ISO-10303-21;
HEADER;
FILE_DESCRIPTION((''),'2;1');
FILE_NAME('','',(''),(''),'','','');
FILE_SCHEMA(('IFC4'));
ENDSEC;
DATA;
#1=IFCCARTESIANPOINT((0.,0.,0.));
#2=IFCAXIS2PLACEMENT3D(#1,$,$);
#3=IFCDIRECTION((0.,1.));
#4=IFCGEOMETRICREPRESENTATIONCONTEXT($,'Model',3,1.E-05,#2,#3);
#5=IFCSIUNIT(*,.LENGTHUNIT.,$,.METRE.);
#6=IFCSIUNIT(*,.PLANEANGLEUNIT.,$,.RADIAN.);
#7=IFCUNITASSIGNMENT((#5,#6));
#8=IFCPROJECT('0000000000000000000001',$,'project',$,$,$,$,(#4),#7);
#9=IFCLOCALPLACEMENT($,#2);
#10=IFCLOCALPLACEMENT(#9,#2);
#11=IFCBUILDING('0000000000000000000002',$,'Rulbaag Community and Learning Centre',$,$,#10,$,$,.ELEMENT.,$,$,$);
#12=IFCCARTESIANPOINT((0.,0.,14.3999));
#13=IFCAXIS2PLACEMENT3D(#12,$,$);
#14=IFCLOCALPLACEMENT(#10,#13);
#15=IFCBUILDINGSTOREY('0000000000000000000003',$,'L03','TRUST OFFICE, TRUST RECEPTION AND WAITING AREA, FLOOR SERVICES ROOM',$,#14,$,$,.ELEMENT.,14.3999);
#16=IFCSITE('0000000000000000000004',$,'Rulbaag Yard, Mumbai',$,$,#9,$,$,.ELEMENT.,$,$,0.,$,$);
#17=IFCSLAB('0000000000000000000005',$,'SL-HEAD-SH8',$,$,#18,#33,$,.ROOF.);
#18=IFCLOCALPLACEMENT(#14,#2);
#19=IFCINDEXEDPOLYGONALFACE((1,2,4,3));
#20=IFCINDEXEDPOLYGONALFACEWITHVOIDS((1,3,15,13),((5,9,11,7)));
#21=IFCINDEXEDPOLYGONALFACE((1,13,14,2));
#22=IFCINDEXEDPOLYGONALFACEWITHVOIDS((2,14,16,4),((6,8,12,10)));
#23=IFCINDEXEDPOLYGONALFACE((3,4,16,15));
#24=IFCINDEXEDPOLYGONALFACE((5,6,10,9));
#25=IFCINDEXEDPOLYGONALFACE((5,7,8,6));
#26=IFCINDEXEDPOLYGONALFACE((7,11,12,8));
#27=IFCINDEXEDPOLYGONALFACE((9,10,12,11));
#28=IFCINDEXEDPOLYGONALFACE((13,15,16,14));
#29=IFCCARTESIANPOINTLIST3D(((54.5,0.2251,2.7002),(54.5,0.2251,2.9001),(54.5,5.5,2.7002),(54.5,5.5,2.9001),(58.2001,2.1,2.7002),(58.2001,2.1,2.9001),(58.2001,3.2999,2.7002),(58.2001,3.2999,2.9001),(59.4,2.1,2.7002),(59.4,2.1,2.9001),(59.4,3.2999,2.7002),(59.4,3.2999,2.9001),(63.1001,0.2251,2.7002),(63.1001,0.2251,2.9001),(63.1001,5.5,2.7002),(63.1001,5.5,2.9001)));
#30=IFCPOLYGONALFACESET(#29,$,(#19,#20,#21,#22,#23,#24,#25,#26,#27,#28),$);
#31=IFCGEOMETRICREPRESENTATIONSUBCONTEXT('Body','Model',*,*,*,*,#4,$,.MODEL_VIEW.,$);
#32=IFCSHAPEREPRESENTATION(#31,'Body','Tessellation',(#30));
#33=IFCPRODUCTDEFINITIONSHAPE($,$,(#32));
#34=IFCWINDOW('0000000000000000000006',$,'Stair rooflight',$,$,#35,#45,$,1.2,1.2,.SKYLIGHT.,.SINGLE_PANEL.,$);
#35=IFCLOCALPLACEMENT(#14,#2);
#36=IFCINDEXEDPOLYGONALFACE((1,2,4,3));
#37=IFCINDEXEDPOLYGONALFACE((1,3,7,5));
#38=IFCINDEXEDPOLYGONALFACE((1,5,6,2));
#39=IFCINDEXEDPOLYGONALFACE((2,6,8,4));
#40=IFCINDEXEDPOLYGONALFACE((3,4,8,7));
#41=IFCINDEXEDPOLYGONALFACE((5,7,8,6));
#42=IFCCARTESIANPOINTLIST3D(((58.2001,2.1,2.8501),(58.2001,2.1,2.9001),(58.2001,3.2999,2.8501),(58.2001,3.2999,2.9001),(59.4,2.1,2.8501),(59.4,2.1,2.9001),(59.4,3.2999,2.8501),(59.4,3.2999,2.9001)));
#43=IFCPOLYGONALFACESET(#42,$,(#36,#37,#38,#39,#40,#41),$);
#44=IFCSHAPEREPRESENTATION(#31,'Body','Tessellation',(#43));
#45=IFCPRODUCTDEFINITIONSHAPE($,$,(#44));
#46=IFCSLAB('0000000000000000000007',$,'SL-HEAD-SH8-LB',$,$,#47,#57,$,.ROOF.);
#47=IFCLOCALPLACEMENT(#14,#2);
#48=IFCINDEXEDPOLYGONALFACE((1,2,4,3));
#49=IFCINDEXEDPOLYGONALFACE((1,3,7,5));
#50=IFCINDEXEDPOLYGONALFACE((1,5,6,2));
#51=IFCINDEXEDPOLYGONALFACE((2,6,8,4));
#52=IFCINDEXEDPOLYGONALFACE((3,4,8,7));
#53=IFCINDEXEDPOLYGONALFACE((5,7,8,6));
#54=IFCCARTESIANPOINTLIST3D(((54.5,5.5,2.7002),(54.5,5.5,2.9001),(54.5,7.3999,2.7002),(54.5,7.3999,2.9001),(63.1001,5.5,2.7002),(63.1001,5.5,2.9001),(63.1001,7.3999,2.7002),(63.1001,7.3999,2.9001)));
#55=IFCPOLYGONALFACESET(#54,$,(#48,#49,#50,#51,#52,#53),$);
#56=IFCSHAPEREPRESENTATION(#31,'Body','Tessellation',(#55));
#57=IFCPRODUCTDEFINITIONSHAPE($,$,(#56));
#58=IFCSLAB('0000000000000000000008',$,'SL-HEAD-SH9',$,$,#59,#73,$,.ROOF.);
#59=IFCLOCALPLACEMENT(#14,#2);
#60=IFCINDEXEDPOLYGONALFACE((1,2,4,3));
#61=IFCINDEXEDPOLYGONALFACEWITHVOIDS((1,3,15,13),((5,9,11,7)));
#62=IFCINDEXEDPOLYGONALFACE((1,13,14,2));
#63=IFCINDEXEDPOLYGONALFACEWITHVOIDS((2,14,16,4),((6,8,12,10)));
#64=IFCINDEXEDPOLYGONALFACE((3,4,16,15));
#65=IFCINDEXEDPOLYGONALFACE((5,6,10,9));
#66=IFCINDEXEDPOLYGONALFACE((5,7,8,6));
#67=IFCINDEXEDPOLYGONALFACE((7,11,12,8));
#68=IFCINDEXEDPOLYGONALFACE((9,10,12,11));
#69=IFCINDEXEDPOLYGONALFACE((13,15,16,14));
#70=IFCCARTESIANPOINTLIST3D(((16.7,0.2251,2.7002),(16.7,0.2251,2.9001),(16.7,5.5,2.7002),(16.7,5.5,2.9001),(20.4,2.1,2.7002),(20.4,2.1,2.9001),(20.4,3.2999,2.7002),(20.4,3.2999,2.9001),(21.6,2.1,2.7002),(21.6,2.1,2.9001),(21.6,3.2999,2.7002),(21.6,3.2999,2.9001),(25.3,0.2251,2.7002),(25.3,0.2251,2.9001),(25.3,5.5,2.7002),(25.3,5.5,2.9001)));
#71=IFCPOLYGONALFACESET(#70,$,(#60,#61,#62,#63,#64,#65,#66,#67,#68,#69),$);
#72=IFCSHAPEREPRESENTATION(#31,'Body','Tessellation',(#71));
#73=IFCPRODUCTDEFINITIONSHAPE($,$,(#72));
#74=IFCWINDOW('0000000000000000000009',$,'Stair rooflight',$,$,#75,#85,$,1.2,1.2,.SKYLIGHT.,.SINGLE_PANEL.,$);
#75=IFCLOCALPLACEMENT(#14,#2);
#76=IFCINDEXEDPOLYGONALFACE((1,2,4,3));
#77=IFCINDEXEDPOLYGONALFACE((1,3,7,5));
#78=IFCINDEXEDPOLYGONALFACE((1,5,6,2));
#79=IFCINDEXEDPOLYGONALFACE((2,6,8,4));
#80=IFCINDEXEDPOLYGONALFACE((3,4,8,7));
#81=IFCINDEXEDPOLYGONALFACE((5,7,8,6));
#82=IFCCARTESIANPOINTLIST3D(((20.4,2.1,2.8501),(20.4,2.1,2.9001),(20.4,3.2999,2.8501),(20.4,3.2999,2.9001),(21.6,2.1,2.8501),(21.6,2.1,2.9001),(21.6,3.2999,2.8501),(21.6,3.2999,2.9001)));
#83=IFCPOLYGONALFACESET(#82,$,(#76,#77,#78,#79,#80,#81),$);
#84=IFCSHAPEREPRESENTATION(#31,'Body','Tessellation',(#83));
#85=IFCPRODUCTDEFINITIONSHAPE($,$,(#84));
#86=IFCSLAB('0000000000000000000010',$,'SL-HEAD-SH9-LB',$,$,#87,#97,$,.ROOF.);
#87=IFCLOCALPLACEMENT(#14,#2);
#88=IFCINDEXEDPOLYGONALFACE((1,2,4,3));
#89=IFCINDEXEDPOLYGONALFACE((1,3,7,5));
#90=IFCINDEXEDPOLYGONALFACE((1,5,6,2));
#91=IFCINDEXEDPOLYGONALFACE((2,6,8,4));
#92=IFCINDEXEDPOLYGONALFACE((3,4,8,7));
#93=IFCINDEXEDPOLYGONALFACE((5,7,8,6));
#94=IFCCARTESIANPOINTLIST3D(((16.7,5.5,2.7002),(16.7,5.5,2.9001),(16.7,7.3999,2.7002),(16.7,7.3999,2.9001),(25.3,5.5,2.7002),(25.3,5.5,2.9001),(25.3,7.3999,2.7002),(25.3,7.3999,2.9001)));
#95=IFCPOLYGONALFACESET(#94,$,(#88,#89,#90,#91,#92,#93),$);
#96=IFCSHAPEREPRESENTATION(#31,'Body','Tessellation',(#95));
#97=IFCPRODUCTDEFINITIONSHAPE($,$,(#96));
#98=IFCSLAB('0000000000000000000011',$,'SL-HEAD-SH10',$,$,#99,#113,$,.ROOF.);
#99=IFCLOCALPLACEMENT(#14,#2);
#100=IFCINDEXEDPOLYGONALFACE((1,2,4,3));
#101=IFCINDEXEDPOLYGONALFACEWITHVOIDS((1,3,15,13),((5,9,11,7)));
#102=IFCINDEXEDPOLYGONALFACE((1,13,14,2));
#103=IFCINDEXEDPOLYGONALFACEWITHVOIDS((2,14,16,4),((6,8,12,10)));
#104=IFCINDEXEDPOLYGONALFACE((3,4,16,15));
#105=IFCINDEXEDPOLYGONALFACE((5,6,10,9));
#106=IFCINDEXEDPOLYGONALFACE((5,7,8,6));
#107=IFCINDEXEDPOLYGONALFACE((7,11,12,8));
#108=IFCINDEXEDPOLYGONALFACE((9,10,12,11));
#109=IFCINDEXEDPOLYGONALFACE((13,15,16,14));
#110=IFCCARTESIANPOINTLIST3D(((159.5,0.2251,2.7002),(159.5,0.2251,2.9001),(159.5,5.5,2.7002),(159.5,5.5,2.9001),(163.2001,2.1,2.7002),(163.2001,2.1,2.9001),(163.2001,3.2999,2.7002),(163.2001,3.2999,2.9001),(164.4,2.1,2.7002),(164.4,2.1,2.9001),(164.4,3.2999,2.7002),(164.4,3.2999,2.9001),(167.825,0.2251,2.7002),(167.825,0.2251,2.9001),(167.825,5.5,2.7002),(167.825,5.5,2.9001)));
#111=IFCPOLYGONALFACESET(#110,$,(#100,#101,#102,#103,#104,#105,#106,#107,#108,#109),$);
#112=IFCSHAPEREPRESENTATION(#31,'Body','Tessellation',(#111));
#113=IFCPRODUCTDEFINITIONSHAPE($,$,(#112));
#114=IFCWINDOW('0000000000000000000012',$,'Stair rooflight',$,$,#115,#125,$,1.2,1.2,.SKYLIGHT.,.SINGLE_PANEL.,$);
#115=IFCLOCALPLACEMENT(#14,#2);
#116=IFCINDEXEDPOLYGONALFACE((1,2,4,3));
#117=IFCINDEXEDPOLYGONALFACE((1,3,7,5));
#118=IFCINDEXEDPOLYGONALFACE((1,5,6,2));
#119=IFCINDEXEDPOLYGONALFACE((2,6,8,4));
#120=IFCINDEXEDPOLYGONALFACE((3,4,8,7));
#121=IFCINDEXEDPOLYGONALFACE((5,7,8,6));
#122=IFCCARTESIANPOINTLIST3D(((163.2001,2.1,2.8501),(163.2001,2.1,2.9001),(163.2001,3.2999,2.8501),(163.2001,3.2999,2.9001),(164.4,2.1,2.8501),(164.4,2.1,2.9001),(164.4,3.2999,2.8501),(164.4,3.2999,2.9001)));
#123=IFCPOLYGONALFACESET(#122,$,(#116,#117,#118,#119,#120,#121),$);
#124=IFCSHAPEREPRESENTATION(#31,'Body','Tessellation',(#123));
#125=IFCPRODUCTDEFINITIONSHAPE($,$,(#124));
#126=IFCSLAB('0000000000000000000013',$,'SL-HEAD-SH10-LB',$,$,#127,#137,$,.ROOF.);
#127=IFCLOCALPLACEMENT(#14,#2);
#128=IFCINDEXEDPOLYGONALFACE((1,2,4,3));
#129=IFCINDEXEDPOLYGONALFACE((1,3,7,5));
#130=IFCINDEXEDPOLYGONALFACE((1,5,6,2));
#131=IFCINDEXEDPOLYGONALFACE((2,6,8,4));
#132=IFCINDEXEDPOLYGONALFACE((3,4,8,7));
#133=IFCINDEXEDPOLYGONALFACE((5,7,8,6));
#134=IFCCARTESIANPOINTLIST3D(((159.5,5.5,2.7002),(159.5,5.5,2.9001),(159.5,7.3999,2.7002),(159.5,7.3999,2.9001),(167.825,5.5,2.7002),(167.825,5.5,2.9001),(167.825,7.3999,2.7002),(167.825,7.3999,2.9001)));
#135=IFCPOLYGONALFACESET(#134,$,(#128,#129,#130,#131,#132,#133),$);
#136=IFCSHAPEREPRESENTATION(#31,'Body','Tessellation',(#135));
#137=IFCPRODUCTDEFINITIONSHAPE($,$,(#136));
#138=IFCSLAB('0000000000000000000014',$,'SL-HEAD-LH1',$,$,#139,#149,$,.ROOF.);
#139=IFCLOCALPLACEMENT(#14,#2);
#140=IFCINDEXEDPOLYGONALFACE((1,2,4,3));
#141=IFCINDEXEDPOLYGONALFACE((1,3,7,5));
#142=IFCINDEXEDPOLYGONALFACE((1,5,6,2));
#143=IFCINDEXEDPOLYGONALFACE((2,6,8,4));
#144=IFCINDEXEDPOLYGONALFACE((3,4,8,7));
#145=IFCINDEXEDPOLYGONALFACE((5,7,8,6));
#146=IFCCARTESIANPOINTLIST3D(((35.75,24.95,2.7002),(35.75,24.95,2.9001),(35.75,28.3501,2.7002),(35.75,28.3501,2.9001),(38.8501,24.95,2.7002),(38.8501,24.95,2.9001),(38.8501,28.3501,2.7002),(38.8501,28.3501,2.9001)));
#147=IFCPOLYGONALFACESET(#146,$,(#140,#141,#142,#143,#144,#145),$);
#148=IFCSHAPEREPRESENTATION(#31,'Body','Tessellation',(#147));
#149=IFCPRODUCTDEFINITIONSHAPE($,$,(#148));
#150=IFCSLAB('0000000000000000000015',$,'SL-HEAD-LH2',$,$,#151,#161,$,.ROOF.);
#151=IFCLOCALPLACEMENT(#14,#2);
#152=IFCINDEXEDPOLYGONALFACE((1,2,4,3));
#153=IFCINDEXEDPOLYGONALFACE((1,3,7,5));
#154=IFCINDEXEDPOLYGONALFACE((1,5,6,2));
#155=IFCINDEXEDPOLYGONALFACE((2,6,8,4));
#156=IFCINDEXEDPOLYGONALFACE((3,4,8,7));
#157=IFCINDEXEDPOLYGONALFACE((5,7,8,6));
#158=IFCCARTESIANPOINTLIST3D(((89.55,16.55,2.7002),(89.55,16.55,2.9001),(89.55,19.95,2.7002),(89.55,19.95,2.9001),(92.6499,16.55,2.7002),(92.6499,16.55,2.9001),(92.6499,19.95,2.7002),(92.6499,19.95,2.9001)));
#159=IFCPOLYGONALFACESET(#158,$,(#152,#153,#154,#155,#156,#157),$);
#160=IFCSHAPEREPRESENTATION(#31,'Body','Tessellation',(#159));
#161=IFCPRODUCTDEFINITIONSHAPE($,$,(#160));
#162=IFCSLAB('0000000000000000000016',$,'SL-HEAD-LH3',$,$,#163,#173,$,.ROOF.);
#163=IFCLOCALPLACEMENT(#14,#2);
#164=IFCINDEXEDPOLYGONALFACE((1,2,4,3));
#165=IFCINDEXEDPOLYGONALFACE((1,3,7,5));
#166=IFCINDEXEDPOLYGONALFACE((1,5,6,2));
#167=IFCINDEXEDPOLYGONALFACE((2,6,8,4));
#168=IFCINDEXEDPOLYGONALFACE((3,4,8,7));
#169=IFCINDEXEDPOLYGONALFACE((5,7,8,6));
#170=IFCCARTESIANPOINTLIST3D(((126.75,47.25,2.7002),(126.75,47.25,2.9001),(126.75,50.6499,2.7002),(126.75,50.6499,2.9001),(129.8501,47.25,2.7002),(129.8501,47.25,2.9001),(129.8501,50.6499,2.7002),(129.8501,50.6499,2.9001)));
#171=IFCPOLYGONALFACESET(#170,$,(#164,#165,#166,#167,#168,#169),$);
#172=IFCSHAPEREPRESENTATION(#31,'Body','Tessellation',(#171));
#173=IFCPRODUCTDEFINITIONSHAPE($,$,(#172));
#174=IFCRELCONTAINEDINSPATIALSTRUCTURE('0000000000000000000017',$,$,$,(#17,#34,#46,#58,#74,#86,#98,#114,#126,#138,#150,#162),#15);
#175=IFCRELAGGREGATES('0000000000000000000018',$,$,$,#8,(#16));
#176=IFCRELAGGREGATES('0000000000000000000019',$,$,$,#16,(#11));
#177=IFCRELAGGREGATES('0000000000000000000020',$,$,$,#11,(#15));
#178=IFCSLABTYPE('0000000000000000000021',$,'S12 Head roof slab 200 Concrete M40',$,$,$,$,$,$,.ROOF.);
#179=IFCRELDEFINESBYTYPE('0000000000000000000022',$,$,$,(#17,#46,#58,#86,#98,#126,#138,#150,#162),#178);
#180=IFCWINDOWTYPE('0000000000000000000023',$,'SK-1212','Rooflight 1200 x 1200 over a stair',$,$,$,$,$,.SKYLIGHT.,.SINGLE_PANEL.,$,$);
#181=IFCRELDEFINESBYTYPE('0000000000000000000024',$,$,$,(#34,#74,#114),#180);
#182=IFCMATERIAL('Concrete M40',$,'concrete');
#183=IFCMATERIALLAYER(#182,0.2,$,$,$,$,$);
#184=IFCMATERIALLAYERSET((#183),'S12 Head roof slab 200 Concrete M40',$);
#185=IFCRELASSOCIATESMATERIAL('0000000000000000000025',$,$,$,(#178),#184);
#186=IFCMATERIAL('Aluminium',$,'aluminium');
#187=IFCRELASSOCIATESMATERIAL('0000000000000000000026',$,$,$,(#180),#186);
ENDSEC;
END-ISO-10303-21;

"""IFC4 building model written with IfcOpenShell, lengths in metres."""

from ifc_helpers import new_model, si_unit, direction, frame, origin, origin_2d, place, context, subcontext, project, spatial, polyline, rectangle, outline, extrude, material, layer, layer_set, type_object, element, fill, save


model = new_model("IFC4")

# Units and contexts
model_context = context("Model", 3, precision=1e-05, world=origin(), true_north=direction((0.0, 1.0)))
body_context = subcontext(model_context, "Body", "Model", "MODEL_VIEW")
ifc_project = project(units=[si_unit("LENGTHUNIT", "METRE"), si_unit("PLANEANGLEUNIT", "RADIAN")], contexts=[model_context])

# Site, building, storey
site_placement = place(None, origin())
site = spatial("IfcSite", under=ifc_project, at=site_placement, Name="Rulbaag Yard, Mumbai", CompositionType="ELEMENT", RefElevation=0.0)
building_placement = place(site_placement, origin())
building = spatial("IfcBuilding", under=site, at=building_placement, Name="Rulbaag Community and Learning Centre", CompositionType="ELEMENT")
storey_placement = place(building_placement, frame((0.0, 0.0, 14.3999)))
storey = spatial("IfcBuildingStorey", under=building, at=storey_placement, Name="L03", Description="TRUST OFFICE, TRUST RECEPTION AND WAITING AREA, FLOOR SERVICES ROOM", CompositionType="ELEMENT", Elevation=14.3999)

# Shared definitions
ifc_material_1 = material(Name="Concrete M40", Category="concrete")
ifc_layer = layer(ifc_material_1, 0.2)
ifc_layer_set = layer_set([ifc_layer], Name="S12 Head roof slab 200 Concrete M40")
slab_type = type_object("IfcSlabType", Name="S12 Head roof slab 200 Concrete M40", PredefinedType="ROOF", material=ifc_layer_set)
ifc_material_2 = material(Name="Aluminium", Category="aluminium")
window_type = type_object("IfcWindowType", Name="SK-1212", Description="Rooflight 1200 x 1200 over a stair", PartitioningType="SINGLE_PANEL", PredefinedType="SKYLIGHT", material=ifc_material_2)

# Slab, opening, window
slab_1_placement = place(storey_placement, frame((0.0, 0.0, 2.7002)))
slab_1 = element("IfcSlab", 1, at=slab_1_placement, inside=storey, type_object=slab_type, Name="SL-HEAD-SH8", PredefinedType="ROOF", context=body_context, shape_type="SweptSolid", body=[
    extrude(outline(polyline([(63.1001, 0.2251), (63.1001, 5.5), (54.5, 5.5), (54.5, 0.2251), (63.1001, 0.2251)])), origin(), (0.0, 0.0, 1.0), 0.2),
])
opening_1_placement = place(slab_1_placement, frame((58.8, 2.7, 0.0)))
opening_1 = element("IfcOpeningElement", 2, at=opening_1_placement, cuts=slab_1, PredefinedType="OPENING", context=body_context, shape_type="SweptSolid", body=[
    extrude(rectangle(XDim=1.2, YDim=1.2, at=origin_2d()), origin(), (0.0, 0.0, 1.0), 0.2),
])
window_1_placement = place(opening_1_placement, frame((0.0, 0.0, 0.1499)))
window_1 = element("IfcWindow", 3, at=window_1_placement, inside=storey, type_object=window_type, Name="Stair rooflight", OverallHeight=1.2, OverallWidth=1.2, PartitioningType="SINGLE_PANEL", PredefinedType="SKYLIGHT", context=body_context, shape_type="SweptSolid", body=[
    extrude(rectangle(XDim=1.2, YDim=1.2, at=origin_2d()), origin(), (0.0, 0.0, 1.0), 0.05),
])
fill(opening_1, window_1)

# Slab
slab_2_placement = place(storey_placement, frame((0.0, 0.0, 2.7002)))
element("IfcSlab", 4, at=slab_2_placement, inside=storey, type_object=slab_type, Name="SL-HEAD-SH8-LB", PredefinedType="ROOF", context=body_context, shape_type="SweptSolid", body=[
    extrude(outline(polyline([(63.1001, 7.3999), (63.1001, 5.5), (54.5, 5.5), (54.5, 7.3999), (63.1001, 7.3999)])), origin(), (0.0, 0.0, 1.0), 0.2),
])

# Slab, opening, window
slab_3_placement = place(storey_placement, frame((0.0, 0.0, 2.7002)))
slab_3 = element("IfcSlab", 5, at=slab_3_placement, inside=storey, type_object=slab_type, Name="SL-HEAD-SH9", PredefinedType="ROOF", context=body_context, shape_type="SweptSolid", body=[
    extrude(outline(polyline([(25.3, 0.2251), (25.3, 5.5), (16.7, 5.5), (16.7, 0.2251), (25.3, 0.2251)])), origin(), (0.0, 0.0, 1.0), 0.2),
])
opening_2_placement = place(slab_3_placement, frame((21.0, 2.7, 0.0)))
opening_2 = element("IfcOpeningElement", 6, at=opening_2_placement, cuts=slab_3, PredefinedType="OPENING", context=body_context, shape_type="SweptSolid", body=[
    extrude(rectangle(XDim=1.2, YDim=1.2, at=origin_2d()), origin(), (0.0, 0.0, 1.0), 0.2),
])
window_2_placement = place(opening_2_placement, frame((0.0, 0.0, 0.1499)))
window_2 = element("IfcWindow", 7, at=window_2_placement, inside=storey, type_object=window_type, Name="Stair rooflight", OverallHeight=1.2, OverallWidth=1.2, PartitioningType="SINGLE_PANEL", PredefinedType="SKYLIGHT", context=body_context, shape_type="SweptSolid", body=[
    extrude(rectangle(XDim=1.2, YDim=1.2, at=origin_2d()), origin(), (0.0, 0.0, 1.0), 0.05),
])
fill(opening_2, window_2)

# Slab
slab_4_placement = place(storey_placement, frame((0.0, 0.0, 2.7002)))
element("IfcSlab", 8, at=slab_4_placement, inside=storey, type_object=slab_type, Name="SL-HEAD-SH9-LB", PredefinedType="ROOF", context=body_context, shape_type="SweptSolid", body=[
    extrude(outline(polyline([(25.3, 7.3999), (25.3, 5.5), (16.7, 5.5), (16.7, 7.3999), (25.3, 7.3999)])), origin(), (0.0, 0.0, 1.0), 0.2),
])

# Slab, opening, window
slab_5_placement = place(storey_placement, frame((0.0, 0.0, 2.7002)))
slab_5 = element("IfcSlab", 9, at=slab_5_placement, inside=storey, type_object=slab_type, Name="SL-HEAD-SH10", PredefinedType="ROOF", context=body_context, shape_type="SweptSolid", body=[
    extrude(outline(polyline([(167.825, 0.2251), (167.825, 5.5), (159.5, 5.5), (159.5, 0.2251), (167.825, 0.2251)])), origin(), (0.0, 0.0, 1.0), 0.2),
])
opening_3_placement = place(slab_5_placement, frame((163.8, 2.7, 0.0)))
opening_3 = element("IfcOpeningElement", 10, at=opening_3_placement, cuts=slab_5, PredefinedType="OPENING", context=body_context, shape_type="SweptSolid", body=[
    extrude(rectangle(XDim=1.2, YDim=1.2, at=origin_2d()), origin(), (0.0, 0.0, 1.0), 0.2),
])
window_3_placement = place(opening_3_placement, frame((0.0, 0.0, 0.1499)))
window_3 = element("IfcWindow", 11, at=window_3_placement, inside=storey, type_object=window_type, Name="Stair rooflight", OverallHeight=1.2, OverallWidth=1.2, PartitioningType="SINGLE_PANEL", PredefinedType="SKYLIGHT", context=body_context, shape_type="SweptSolid", body=[
    extrude(rectangle(XDim=1.2, YDim=1.2, at=origin_2d()), origin(), (0.0, 0.0, 1.0), 0.05),
])
fill(opening_3, window_3)

# Slabs
slab_6_placement = place(storey_placement, frame((0.0, 0.0, 2.7002)))
element("IfcSlab", 12, at=slab_6_placement, inside=storey, type_object=slab_type, Name="SL-HEAD-SH10-LB", PredefinedType="ROOF", context=body_context, shape_type="SweptSolid", body=[
    extrude(outline(polyline([(167.825, 7.3999), (167.825, 5.5), (159.5, 5.5), (159.5, 7.3999), (167.825, 7.3999)])), origin(), (0.0, 0.0, 1.0), 0.2),
])
slab_7_placement = place(storey_placement, frame((0.0, 0.0, 2.7002)))
element("IfcSlab", 13, at=slab_7_placement, inside=storey, type_object=slab_type, Name="SL-HEAD-LH1", PredefinedType="ROOF", context=body_context, shape_type="SweptSolid", body=[
    extrude(outline(polyline([(38.8501, 24.95), (35.75, 24.95), (35.75, 28.3501), (38.8501, 28.3501), (38.8501, 24.95)])), origin(), (0.0, 0.0, 1.0), 0.2),
])
slab_8_placement = place(storey_placement, frame((0.0, 0.0, 2.7002)))
element("IfcSlab", 14, at=slab_8_placement, inside=storey, type_object=slab_type, Name="SL-HEAD-LH2", PredefinedType="ROOF", context=body_context, shape_type="SweptSolid", body=[
    extrude(outline(polyline([(92.6499, 16.55), (89.55, 16.55), (89.55, 19.95), (92.6499, 19.95), (92.6499, 16.55)])), origin(), (0.0, 0.0, 1.0), 0.2),
])
slab_9_placement = place(storey_placement, frame((0.0, 0.0, 2.7002)))
element("IfcSlab", 15, at=slab_9_placement, inside=storey, type_object=slab_type, Name="SL-HEAD-LH3", PredefinedType="ROOF", context=body_context, shape_type="SweptSolid", body=[
    extrude(outline(polyline([(129.8501, 47.25), (126.75, 47.25), (126.75, 50.6499), (129.8501, 50.6499), (129.8501, 47.25)])), origin(), (0.0, 0.0, 1.0), 0.2),
])

save(model, "model.ifc")
